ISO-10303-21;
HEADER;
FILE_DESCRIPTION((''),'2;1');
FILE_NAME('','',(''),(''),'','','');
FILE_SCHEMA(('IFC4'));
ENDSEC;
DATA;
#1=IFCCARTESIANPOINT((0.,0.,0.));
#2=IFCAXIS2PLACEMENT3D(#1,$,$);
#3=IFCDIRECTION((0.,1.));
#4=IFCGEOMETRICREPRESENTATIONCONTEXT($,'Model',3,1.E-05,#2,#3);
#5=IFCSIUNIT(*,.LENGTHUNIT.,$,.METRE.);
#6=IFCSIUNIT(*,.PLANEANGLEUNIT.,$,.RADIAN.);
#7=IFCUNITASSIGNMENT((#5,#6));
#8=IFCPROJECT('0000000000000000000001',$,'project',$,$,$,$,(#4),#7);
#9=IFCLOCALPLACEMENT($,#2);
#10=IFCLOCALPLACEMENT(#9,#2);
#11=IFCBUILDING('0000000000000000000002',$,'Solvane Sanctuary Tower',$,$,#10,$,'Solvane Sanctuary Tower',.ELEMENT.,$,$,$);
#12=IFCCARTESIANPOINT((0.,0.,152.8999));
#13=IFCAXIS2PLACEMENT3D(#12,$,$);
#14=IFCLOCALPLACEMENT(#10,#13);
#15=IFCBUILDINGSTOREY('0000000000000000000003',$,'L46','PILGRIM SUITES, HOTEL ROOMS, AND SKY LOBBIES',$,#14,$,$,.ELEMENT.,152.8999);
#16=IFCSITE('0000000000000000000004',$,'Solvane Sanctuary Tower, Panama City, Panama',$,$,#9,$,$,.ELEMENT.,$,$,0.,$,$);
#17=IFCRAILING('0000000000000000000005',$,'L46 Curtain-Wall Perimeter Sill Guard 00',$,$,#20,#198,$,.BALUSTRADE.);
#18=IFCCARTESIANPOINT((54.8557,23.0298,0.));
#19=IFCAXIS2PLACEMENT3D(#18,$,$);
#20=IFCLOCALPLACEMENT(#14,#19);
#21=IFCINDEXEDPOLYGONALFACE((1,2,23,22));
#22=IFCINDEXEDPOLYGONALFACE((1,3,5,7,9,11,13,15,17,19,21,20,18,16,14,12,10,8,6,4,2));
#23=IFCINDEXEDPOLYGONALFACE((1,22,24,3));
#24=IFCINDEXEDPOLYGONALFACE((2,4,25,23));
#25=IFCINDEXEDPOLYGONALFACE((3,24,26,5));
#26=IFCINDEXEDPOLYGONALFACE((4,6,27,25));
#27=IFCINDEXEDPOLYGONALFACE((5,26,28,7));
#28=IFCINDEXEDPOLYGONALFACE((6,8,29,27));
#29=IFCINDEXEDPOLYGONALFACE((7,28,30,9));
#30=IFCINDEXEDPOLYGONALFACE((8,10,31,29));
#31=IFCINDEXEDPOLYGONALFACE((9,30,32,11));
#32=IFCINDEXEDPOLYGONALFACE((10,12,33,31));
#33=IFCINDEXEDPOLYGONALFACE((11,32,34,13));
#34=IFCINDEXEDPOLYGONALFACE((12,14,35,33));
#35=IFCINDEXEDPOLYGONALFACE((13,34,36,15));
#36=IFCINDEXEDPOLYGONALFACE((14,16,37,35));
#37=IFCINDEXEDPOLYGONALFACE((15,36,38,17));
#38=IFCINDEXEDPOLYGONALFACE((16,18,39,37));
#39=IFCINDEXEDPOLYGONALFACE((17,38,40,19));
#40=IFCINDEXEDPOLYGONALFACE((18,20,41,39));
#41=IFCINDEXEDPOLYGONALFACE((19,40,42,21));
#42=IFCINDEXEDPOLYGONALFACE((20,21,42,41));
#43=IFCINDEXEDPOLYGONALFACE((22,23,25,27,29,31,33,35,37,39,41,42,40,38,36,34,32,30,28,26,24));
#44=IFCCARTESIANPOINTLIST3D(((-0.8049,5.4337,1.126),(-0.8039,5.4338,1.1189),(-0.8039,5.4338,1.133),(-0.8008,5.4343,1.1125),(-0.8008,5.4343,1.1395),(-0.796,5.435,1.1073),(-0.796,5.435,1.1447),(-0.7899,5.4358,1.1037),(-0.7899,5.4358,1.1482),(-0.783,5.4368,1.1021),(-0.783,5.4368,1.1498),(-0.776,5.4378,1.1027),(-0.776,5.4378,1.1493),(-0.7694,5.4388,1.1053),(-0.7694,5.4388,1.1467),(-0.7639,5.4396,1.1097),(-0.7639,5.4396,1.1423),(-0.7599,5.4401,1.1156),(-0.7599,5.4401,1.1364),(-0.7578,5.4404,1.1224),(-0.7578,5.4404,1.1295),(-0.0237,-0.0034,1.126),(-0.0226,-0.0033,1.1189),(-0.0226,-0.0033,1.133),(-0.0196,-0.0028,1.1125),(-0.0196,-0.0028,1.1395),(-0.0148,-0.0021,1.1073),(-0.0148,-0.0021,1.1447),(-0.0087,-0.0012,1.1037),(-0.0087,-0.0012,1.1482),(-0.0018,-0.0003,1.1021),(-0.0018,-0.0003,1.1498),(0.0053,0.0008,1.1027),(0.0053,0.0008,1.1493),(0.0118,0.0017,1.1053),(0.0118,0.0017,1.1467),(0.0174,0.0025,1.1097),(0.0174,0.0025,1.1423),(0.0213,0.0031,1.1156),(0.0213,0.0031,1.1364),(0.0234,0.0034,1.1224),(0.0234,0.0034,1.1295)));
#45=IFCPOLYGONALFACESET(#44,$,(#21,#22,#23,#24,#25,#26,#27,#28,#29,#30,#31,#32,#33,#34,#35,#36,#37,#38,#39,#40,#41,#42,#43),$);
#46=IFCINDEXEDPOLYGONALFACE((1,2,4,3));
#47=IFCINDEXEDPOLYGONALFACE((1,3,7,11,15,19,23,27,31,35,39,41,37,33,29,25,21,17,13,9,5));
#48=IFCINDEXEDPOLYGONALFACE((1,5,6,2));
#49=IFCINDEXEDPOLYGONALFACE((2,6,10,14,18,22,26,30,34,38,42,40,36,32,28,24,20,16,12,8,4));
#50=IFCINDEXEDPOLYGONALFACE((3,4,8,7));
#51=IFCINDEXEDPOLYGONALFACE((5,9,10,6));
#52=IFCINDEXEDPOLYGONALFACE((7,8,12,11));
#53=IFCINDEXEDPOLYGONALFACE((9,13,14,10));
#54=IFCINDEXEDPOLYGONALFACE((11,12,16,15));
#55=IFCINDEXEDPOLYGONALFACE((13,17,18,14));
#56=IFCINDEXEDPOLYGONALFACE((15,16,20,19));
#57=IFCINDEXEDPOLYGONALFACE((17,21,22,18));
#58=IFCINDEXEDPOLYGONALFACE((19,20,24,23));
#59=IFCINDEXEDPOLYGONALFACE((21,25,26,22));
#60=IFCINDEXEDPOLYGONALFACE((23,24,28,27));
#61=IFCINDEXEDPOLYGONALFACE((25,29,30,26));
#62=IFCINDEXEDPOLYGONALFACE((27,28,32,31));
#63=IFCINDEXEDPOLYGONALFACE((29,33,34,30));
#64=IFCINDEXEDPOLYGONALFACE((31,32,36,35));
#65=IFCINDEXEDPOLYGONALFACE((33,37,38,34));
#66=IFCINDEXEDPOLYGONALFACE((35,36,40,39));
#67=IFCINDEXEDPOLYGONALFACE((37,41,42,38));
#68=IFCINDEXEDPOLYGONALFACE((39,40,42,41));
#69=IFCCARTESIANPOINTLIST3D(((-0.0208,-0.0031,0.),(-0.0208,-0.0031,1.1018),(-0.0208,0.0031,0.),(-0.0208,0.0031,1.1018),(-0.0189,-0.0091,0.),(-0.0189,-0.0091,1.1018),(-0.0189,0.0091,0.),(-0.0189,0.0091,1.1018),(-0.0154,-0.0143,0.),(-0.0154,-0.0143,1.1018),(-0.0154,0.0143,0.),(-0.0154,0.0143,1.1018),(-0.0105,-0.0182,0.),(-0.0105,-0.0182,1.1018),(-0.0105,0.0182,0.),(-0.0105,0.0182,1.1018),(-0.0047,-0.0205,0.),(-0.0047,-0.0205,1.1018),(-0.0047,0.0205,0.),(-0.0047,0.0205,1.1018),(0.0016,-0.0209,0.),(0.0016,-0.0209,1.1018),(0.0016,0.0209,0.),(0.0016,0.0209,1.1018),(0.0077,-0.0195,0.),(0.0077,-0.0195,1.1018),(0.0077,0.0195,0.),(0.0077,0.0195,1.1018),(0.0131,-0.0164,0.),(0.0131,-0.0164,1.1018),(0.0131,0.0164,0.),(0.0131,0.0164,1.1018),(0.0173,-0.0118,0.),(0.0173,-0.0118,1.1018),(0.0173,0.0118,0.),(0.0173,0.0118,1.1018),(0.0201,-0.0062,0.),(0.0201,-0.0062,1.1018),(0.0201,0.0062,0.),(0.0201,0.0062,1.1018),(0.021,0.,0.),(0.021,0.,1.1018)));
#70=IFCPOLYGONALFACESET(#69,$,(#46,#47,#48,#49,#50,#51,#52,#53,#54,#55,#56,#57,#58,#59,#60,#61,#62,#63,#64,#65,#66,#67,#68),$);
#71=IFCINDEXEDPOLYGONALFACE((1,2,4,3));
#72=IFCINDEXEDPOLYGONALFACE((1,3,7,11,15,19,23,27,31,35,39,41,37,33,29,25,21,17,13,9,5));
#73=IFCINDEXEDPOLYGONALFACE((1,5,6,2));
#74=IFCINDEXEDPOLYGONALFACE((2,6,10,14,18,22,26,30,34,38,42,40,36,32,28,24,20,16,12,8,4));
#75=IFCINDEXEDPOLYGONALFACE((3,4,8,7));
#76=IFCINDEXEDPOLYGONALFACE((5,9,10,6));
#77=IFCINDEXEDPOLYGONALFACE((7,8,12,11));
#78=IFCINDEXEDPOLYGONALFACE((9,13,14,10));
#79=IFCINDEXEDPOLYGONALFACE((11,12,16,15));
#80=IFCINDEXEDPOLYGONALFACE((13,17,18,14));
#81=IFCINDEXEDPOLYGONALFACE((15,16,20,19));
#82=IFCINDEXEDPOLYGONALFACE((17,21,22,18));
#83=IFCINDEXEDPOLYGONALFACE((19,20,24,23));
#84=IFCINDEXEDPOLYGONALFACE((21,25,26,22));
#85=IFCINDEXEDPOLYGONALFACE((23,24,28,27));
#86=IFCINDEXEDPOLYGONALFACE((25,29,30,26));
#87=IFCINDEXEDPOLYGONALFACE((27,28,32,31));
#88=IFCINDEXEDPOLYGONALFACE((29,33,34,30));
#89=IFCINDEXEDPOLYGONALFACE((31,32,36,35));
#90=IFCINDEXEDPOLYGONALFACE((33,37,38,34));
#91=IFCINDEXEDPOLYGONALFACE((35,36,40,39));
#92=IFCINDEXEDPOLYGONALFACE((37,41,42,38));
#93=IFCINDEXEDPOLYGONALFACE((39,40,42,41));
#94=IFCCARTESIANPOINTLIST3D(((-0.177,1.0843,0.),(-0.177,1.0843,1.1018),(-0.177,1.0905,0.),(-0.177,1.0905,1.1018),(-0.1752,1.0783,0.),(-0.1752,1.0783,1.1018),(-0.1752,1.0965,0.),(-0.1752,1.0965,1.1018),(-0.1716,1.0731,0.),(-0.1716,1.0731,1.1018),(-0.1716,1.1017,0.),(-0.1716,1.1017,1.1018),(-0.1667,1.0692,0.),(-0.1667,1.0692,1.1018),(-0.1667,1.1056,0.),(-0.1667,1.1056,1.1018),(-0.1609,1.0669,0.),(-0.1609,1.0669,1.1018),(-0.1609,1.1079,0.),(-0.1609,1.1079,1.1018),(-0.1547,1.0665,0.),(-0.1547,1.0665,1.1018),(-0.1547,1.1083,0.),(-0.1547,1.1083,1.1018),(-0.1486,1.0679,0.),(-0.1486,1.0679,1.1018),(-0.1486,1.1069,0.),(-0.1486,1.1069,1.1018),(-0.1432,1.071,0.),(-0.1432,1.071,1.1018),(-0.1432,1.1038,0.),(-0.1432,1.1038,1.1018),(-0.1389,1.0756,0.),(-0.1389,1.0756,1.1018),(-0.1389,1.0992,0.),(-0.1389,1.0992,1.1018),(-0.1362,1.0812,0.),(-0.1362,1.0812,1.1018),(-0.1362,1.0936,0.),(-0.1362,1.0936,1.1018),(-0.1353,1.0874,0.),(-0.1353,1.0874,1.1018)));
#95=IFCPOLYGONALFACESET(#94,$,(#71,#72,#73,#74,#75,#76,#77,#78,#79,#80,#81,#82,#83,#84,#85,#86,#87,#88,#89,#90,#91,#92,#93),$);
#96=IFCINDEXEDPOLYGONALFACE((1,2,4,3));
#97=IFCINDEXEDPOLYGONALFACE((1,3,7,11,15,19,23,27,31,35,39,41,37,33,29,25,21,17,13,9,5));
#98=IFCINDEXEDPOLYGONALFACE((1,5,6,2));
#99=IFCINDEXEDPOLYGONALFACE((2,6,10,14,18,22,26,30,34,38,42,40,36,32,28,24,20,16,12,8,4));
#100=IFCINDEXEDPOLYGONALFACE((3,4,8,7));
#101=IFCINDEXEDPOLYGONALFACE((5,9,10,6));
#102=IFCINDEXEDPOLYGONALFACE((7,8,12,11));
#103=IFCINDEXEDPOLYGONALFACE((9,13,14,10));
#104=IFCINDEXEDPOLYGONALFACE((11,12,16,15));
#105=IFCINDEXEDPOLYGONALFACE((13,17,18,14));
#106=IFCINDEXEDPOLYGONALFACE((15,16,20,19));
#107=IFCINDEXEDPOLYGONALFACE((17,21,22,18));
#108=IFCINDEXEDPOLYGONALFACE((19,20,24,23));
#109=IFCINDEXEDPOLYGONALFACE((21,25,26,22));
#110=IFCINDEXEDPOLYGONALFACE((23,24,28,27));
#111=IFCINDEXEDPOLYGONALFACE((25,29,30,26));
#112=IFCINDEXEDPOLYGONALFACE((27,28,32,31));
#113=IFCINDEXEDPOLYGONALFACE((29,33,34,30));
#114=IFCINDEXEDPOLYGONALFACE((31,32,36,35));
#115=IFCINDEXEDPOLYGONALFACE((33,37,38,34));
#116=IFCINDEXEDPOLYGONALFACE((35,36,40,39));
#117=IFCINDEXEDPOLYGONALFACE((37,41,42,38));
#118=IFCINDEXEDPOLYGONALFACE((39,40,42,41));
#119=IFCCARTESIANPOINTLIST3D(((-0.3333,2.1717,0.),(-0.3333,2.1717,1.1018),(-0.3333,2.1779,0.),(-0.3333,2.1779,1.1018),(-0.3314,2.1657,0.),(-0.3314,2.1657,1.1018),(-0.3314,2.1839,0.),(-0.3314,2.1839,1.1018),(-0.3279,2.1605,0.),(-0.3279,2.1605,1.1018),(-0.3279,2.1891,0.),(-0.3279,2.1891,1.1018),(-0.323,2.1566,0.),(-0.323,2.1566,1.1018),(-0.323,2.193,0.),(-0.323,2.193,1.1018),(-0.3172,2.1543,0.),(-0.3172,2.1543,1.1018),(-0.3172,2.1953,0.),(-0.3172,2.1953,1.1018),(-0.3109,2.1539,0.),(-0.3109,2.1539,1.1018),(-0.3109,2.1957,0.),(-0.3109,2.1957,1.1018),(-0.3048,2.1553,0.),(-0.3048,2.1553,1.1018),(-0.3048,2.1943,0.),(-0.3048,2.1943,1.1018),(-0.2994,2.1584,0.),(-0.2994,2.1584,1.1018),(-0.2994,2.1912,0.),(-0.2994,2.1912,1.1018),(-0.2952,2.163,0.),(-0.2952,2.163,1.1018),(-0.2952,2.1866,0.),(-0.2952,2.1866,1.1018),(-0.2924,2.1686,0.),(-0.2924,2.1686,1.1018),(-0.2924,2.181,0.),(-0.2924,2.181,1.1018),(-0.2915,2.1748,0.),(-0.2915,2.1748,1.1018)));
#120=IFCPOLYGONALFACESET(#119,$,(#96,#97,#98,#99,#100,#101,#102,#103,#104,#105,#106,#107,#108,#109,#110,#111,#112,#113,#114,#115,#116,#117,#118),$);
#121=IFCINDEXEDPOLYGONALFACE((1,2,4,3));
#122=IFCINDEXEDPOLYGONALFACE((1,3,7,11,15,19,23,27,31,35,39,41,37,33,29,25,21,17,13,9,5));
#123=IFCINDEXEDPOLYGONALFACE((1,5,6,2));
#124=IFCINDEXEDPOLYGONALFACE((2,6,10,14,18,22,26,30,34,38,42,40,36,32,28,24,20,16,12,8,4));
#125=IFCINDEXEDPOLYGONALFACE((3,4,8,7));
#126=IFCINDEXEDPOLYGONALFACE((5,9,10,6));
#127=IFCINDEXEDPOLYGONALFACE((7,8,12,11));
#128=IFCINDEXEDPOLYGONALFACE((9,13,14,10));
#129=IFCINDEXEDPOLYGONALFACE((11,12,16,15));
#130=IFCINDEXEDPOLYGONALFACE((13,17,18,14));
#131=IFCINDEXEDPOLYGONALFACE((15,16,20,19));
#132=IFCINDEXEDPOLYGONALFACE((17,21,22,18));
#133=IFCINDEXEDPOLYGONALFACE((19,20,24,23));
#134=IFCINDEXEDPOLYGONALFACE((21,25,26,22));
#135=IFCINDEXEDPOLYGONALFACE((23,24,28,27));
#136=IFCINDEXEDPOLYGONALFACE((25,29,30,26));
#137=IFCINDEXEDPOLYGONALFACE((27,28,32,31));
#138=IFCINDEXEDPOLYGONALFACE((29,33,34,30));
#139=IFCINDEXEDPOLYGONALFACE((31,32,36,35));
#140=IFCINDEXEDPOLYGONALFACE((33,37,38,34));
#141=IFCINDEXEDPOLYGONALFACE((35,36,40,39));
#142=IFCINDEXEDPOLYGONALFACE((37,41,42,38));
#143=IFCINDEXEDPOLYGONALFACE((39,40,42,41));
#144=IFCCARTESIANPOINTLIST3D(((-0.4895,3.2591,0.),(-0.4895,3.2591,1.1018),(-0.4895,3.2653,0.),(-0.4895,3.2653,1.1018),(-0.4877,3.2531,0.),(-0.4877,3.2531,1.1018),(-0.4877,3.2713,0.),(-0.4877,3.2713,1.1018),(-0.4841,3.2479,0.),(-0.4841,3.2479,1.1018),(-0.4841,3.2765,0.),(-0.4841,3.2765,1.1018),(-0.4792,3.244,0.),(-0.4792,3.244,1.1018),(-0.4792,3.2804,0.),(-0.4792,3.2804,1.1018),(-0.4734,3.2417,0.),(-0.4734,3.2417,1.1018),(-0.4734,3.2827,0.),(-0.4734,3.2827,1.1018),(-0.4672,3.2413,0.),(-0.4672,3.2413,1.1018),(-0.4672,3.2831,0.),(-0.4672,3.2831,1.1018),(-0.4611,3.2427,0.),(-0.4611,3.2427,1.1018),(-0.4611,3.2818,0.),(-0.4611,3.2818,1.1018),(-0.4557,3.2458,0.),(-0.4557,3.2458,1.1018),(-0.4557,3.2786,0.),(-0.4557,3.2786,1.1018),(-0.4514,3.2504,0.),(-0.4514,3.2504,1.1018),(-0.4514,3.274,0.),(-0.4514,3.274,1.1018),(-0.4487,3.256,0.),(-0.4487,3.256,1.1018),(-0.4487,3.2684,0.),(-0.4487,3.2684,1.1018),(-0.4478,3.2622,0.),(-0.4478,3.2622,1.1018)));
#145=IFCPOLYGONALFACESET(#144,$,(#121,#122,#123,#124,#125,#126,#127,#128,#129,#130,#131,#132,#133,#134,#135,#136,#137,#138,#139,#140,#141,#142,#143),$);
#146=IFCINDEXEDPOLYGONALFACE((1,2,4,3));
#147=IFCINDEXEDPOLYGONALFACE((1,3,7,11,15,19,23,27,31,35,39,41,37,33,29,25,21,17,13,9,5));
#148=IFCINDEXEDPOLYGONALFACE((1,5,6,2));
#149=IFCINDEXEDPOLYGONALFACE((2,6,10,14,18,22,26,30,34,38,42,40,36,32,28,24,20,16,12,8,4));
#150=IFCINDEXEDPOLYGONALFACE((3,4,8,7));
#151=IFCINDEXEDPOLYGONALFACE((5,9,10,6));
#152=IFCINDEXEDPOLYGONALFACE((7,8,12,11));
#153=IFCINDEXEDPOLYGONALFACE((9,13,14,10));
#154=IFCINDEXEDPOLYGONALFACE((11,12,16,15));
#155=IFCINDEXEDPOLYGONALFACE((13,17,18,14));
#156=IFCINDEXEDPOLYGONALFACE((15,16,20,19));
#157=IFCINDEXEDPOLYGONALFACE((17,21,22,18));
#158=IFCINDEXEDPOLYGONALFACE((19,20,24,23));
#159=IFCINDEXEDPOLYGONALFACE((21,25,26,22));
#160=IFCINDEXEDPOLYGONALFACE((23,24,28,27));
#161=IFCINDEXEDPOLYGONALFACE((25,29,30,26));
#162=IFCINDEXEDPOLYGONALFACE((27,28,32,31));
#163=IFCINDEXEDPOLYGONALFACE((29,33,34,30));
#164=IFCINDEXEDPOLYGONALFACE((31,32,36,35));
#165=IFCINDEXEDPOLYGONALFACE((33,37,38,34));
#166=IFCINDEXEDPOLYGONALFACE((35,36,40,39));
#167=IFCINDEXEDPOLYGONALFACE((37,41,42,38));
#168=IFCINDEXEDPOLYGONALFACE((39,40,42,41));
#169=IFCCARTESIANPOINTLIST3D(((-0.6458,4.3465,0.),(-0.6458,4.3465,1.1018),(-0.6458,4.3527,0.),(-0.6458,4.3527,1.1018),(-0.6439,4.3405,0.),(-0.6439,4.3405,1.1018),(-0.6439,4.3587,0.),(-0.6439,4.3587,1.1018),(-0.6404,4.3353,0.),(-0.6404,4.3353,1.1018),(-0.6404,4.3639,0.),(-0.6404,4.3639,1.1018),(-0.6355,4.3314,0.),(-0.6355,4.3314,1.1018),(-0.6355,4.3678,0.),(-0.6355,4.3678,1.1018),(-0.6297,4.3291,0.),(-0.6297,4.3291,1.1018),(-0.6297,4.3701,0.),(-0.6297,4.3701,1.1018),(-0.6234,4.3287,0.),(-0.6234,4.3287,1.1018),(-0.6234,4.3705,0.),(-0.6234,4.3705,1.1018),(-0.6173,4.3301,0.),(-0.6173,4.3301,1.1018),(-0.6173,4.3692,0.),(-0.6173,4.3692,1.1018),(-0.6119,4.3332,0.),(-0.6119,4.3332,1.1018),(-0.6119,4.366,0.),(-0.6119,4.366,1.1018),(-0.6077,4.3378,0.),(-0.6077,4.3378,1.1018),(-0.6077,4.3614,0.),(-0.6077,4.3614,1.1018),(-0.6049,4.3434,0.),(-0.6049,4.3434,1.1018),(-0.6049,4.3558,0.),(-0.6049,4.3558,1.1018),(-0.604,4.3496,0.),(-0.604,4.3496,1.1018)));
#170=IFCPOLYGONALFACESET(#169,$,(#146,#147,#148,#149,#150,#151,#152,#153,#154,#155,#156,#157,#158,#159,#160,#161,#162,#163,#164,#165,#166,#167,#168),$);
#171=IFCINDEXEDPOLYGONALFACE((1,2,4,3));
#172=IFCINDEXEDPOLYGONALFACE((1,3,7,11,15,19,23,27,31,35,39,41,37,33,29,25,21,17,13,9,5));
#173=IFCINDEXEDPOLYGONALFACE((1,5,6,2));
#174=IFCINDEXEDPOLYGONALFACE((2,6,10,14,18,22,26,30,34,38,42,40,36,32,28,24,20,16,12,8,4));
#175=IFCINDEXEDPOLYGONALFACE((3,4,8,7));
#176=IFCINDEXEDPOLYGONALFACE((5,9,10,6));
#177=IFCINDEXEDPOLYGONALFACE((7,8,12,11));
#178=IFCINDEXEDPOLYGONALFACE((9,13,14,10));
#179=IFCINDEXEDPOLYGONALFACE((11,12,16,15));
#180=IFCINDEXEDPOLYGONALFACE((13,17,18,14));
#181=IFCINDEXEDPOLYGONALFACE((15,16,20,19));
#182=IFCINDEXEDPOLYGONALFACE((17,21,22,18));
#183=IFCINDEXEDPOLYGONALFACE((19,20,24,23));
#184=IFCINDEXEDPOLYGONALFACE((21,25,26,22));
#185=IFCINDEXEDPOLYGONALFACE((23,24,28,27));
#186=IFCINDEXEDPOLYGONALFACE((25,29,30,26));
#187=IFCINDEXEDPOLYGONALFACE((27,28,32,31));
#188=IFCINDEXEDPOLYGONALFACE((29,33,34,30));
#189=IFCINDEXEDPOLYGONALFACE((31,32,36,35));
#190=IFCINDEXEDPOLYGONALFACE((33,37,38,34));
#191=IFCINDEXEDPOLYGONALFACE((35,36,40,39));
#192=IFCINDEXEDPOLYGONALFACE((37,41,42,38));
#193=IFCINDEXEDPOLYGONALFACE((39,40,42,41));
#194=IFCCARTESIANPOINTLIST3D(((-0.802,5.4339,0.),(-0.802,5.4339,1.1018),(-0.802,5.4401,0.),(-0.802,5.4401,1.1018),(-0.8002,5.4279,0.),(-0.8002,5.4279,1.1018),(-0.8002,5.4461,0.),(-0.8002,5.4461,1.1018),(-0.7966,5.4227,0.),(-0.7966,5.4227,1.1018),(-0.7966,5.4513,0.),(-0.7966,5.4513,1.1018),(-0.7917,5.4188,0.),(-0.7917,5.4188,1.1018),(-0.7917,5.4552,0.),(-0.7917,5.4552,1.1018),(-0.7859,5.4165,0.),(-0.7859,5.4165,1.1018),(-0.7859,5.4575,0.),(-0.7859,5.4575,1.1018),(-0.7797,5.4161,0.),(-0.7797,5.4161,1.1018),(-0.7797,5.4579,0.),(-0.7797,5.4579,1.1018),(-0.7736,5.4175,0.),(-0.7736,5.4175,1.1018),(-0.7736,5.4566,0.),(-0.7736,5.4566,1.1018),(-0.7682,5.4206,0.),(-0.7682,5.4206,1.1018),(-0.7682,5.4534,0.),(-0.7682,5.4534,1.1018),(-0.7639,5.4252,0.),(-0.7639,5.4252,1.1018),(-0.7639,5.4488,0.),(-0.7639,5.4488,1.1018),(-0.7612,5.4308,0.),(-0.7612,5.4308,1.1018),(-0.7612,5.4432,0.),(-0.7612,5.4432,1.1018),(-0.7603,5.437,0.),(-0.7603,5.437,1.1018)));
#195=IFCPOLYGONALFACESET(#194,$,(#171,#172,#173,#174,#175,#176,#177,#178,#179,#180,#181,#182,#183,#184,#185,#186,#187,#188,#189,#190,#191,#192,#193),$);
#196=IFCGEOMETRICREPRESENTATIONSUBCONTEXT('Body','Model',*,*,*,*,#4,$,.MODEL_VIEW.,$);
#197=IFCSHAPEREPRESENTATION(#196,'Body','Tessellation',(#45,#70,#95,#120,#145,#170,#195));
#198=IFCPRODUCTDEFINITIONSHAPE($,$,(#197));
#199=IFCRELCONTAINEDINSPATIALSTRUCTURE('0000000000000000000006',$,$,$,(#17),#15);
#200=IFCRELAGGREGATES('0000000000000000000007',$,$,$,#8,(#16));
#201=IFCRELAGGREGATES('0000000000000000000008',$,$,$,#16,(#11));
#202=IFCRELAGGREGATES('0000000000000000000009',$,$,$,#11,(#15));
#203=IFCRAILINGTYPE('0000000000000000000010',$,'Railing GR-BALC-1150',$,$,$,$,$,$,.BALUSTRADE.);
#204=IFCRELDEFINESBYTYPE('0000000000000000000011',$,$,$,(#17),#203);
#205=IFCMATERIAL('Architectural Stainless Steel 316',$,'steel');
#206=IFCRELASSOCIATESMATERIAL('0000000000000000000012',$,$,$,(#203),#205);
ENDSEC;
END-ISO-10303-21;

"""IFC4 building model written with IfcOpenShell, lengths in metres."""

from ifc_helpers import new_model, si_unit, direction, frame, origin, origin_2d, place, context, subcontext, project, spatial, circle, extrude, material, type_object, element, save


model = new_model("IFC4")

# Units and contexts
model_context = context("Model", 3, precision=1e-05, world=origin(), true_north=direction((0.0, 1.0)))
body_context = subcontext(model_context, "Body", "Model", "MODEL_VIEW")
ifc_project = project(units=[si_unit("LENGTHUNIT", "METRE"), si_unit("PLANEANGLEUNIT", "RADIAN")], contexts=[model_context])

# Site, building, storey
site_placement = place(None, origin())
site = spatial("IfcSite", under=ifc_project, at=site_placement, Name="Solvane Sanctuary Tower, Panama City, Panama", CompositionType="ELEMENT", RefElevation=0.0)
building_placement = place(site_placement, origin())
building = spatial("IfcBuilding", under=site, at=building_placement, Name="Solvane Sanctuary Tower", LongName="Solvane Sanctuary Tower", CompositionType="ELEMENT")
storey_placement = place(building_placement, frame((0.0, 0.0, 152.8999)))
storey = spatial("IfcBuildingStorey", under=building, at=storey_placement, Name="L46", Description="PILGRIM SUITES, HOTEL ROOMS, AND SKY LOBBIES", CompositionType="ELEMENT", Elevation=152.8999)

# Shared definitions
ifc_material_1 = material(Name="Architectural Stainless Steel 316", Category="steel")

# Railing
railing_type = type_object("IfcRailingType", Name="Railing GR-BALC-1150", PredefinedType="BALUSTRADE", material=ifc_material_1)
railing_1_placement = place(storey_placement, frame((54.8557, 23.0298, 0.0)))
element("IfcRailing", 1, at=railing_1_placement, inside=storey, type_object=railing_type, Name="L46 Curtain-Wall Perimeter Sill Guard 00", PredefinedType="BALUSTRADE", context=body_context, shape_type="SweptSolid", body=[
    extrude(circle(Radius=0.0239, at=origin_2d()), frame((0.0, 0.0, 1.126), z_axis=(-0.14223, 0.989834, 0.0), x_axis=(-0.989834, -0.14223, 0.0)), (0.0, 0.0, 1.0), 5.4929),
    extrude(circle(Radius=0.021, at=origin_2d()), origin(), (0.0, 0.0, 1.0), 1.1018),
    extrude(circle(Radius=0.021, at=origin_2d()), frame((-0.1562, 1.0874, 0.0)), (0.0, 0.0, 1.0), 1.1018),
    extrude(circle(Radius=0.021, at=origin_2d()), frame((-0.3125, 2.1748, 0.0)), (0.0, 0.0, 1.0), 1.1018),
    extrude(circle(Radius=0.021, at=origin_2d()), frame((-0.4688, 3.2622, 0.0)), (0.0, 0.0, 1.0), 1.1018),
    extrude(circle(Radius=0.021, at=origin_2d()), frame((-0.625, 4.3496, 0.0)), (0.0, 0.0, 1.0), 1.1018),
    extrude(circle(Radius=0.021, at=origin_2d()), frame((-0.7812, 5.437, 0.0)), (0.0, 0.0, 1.0), 1.1018),
])

save(model, "model.ifc")
